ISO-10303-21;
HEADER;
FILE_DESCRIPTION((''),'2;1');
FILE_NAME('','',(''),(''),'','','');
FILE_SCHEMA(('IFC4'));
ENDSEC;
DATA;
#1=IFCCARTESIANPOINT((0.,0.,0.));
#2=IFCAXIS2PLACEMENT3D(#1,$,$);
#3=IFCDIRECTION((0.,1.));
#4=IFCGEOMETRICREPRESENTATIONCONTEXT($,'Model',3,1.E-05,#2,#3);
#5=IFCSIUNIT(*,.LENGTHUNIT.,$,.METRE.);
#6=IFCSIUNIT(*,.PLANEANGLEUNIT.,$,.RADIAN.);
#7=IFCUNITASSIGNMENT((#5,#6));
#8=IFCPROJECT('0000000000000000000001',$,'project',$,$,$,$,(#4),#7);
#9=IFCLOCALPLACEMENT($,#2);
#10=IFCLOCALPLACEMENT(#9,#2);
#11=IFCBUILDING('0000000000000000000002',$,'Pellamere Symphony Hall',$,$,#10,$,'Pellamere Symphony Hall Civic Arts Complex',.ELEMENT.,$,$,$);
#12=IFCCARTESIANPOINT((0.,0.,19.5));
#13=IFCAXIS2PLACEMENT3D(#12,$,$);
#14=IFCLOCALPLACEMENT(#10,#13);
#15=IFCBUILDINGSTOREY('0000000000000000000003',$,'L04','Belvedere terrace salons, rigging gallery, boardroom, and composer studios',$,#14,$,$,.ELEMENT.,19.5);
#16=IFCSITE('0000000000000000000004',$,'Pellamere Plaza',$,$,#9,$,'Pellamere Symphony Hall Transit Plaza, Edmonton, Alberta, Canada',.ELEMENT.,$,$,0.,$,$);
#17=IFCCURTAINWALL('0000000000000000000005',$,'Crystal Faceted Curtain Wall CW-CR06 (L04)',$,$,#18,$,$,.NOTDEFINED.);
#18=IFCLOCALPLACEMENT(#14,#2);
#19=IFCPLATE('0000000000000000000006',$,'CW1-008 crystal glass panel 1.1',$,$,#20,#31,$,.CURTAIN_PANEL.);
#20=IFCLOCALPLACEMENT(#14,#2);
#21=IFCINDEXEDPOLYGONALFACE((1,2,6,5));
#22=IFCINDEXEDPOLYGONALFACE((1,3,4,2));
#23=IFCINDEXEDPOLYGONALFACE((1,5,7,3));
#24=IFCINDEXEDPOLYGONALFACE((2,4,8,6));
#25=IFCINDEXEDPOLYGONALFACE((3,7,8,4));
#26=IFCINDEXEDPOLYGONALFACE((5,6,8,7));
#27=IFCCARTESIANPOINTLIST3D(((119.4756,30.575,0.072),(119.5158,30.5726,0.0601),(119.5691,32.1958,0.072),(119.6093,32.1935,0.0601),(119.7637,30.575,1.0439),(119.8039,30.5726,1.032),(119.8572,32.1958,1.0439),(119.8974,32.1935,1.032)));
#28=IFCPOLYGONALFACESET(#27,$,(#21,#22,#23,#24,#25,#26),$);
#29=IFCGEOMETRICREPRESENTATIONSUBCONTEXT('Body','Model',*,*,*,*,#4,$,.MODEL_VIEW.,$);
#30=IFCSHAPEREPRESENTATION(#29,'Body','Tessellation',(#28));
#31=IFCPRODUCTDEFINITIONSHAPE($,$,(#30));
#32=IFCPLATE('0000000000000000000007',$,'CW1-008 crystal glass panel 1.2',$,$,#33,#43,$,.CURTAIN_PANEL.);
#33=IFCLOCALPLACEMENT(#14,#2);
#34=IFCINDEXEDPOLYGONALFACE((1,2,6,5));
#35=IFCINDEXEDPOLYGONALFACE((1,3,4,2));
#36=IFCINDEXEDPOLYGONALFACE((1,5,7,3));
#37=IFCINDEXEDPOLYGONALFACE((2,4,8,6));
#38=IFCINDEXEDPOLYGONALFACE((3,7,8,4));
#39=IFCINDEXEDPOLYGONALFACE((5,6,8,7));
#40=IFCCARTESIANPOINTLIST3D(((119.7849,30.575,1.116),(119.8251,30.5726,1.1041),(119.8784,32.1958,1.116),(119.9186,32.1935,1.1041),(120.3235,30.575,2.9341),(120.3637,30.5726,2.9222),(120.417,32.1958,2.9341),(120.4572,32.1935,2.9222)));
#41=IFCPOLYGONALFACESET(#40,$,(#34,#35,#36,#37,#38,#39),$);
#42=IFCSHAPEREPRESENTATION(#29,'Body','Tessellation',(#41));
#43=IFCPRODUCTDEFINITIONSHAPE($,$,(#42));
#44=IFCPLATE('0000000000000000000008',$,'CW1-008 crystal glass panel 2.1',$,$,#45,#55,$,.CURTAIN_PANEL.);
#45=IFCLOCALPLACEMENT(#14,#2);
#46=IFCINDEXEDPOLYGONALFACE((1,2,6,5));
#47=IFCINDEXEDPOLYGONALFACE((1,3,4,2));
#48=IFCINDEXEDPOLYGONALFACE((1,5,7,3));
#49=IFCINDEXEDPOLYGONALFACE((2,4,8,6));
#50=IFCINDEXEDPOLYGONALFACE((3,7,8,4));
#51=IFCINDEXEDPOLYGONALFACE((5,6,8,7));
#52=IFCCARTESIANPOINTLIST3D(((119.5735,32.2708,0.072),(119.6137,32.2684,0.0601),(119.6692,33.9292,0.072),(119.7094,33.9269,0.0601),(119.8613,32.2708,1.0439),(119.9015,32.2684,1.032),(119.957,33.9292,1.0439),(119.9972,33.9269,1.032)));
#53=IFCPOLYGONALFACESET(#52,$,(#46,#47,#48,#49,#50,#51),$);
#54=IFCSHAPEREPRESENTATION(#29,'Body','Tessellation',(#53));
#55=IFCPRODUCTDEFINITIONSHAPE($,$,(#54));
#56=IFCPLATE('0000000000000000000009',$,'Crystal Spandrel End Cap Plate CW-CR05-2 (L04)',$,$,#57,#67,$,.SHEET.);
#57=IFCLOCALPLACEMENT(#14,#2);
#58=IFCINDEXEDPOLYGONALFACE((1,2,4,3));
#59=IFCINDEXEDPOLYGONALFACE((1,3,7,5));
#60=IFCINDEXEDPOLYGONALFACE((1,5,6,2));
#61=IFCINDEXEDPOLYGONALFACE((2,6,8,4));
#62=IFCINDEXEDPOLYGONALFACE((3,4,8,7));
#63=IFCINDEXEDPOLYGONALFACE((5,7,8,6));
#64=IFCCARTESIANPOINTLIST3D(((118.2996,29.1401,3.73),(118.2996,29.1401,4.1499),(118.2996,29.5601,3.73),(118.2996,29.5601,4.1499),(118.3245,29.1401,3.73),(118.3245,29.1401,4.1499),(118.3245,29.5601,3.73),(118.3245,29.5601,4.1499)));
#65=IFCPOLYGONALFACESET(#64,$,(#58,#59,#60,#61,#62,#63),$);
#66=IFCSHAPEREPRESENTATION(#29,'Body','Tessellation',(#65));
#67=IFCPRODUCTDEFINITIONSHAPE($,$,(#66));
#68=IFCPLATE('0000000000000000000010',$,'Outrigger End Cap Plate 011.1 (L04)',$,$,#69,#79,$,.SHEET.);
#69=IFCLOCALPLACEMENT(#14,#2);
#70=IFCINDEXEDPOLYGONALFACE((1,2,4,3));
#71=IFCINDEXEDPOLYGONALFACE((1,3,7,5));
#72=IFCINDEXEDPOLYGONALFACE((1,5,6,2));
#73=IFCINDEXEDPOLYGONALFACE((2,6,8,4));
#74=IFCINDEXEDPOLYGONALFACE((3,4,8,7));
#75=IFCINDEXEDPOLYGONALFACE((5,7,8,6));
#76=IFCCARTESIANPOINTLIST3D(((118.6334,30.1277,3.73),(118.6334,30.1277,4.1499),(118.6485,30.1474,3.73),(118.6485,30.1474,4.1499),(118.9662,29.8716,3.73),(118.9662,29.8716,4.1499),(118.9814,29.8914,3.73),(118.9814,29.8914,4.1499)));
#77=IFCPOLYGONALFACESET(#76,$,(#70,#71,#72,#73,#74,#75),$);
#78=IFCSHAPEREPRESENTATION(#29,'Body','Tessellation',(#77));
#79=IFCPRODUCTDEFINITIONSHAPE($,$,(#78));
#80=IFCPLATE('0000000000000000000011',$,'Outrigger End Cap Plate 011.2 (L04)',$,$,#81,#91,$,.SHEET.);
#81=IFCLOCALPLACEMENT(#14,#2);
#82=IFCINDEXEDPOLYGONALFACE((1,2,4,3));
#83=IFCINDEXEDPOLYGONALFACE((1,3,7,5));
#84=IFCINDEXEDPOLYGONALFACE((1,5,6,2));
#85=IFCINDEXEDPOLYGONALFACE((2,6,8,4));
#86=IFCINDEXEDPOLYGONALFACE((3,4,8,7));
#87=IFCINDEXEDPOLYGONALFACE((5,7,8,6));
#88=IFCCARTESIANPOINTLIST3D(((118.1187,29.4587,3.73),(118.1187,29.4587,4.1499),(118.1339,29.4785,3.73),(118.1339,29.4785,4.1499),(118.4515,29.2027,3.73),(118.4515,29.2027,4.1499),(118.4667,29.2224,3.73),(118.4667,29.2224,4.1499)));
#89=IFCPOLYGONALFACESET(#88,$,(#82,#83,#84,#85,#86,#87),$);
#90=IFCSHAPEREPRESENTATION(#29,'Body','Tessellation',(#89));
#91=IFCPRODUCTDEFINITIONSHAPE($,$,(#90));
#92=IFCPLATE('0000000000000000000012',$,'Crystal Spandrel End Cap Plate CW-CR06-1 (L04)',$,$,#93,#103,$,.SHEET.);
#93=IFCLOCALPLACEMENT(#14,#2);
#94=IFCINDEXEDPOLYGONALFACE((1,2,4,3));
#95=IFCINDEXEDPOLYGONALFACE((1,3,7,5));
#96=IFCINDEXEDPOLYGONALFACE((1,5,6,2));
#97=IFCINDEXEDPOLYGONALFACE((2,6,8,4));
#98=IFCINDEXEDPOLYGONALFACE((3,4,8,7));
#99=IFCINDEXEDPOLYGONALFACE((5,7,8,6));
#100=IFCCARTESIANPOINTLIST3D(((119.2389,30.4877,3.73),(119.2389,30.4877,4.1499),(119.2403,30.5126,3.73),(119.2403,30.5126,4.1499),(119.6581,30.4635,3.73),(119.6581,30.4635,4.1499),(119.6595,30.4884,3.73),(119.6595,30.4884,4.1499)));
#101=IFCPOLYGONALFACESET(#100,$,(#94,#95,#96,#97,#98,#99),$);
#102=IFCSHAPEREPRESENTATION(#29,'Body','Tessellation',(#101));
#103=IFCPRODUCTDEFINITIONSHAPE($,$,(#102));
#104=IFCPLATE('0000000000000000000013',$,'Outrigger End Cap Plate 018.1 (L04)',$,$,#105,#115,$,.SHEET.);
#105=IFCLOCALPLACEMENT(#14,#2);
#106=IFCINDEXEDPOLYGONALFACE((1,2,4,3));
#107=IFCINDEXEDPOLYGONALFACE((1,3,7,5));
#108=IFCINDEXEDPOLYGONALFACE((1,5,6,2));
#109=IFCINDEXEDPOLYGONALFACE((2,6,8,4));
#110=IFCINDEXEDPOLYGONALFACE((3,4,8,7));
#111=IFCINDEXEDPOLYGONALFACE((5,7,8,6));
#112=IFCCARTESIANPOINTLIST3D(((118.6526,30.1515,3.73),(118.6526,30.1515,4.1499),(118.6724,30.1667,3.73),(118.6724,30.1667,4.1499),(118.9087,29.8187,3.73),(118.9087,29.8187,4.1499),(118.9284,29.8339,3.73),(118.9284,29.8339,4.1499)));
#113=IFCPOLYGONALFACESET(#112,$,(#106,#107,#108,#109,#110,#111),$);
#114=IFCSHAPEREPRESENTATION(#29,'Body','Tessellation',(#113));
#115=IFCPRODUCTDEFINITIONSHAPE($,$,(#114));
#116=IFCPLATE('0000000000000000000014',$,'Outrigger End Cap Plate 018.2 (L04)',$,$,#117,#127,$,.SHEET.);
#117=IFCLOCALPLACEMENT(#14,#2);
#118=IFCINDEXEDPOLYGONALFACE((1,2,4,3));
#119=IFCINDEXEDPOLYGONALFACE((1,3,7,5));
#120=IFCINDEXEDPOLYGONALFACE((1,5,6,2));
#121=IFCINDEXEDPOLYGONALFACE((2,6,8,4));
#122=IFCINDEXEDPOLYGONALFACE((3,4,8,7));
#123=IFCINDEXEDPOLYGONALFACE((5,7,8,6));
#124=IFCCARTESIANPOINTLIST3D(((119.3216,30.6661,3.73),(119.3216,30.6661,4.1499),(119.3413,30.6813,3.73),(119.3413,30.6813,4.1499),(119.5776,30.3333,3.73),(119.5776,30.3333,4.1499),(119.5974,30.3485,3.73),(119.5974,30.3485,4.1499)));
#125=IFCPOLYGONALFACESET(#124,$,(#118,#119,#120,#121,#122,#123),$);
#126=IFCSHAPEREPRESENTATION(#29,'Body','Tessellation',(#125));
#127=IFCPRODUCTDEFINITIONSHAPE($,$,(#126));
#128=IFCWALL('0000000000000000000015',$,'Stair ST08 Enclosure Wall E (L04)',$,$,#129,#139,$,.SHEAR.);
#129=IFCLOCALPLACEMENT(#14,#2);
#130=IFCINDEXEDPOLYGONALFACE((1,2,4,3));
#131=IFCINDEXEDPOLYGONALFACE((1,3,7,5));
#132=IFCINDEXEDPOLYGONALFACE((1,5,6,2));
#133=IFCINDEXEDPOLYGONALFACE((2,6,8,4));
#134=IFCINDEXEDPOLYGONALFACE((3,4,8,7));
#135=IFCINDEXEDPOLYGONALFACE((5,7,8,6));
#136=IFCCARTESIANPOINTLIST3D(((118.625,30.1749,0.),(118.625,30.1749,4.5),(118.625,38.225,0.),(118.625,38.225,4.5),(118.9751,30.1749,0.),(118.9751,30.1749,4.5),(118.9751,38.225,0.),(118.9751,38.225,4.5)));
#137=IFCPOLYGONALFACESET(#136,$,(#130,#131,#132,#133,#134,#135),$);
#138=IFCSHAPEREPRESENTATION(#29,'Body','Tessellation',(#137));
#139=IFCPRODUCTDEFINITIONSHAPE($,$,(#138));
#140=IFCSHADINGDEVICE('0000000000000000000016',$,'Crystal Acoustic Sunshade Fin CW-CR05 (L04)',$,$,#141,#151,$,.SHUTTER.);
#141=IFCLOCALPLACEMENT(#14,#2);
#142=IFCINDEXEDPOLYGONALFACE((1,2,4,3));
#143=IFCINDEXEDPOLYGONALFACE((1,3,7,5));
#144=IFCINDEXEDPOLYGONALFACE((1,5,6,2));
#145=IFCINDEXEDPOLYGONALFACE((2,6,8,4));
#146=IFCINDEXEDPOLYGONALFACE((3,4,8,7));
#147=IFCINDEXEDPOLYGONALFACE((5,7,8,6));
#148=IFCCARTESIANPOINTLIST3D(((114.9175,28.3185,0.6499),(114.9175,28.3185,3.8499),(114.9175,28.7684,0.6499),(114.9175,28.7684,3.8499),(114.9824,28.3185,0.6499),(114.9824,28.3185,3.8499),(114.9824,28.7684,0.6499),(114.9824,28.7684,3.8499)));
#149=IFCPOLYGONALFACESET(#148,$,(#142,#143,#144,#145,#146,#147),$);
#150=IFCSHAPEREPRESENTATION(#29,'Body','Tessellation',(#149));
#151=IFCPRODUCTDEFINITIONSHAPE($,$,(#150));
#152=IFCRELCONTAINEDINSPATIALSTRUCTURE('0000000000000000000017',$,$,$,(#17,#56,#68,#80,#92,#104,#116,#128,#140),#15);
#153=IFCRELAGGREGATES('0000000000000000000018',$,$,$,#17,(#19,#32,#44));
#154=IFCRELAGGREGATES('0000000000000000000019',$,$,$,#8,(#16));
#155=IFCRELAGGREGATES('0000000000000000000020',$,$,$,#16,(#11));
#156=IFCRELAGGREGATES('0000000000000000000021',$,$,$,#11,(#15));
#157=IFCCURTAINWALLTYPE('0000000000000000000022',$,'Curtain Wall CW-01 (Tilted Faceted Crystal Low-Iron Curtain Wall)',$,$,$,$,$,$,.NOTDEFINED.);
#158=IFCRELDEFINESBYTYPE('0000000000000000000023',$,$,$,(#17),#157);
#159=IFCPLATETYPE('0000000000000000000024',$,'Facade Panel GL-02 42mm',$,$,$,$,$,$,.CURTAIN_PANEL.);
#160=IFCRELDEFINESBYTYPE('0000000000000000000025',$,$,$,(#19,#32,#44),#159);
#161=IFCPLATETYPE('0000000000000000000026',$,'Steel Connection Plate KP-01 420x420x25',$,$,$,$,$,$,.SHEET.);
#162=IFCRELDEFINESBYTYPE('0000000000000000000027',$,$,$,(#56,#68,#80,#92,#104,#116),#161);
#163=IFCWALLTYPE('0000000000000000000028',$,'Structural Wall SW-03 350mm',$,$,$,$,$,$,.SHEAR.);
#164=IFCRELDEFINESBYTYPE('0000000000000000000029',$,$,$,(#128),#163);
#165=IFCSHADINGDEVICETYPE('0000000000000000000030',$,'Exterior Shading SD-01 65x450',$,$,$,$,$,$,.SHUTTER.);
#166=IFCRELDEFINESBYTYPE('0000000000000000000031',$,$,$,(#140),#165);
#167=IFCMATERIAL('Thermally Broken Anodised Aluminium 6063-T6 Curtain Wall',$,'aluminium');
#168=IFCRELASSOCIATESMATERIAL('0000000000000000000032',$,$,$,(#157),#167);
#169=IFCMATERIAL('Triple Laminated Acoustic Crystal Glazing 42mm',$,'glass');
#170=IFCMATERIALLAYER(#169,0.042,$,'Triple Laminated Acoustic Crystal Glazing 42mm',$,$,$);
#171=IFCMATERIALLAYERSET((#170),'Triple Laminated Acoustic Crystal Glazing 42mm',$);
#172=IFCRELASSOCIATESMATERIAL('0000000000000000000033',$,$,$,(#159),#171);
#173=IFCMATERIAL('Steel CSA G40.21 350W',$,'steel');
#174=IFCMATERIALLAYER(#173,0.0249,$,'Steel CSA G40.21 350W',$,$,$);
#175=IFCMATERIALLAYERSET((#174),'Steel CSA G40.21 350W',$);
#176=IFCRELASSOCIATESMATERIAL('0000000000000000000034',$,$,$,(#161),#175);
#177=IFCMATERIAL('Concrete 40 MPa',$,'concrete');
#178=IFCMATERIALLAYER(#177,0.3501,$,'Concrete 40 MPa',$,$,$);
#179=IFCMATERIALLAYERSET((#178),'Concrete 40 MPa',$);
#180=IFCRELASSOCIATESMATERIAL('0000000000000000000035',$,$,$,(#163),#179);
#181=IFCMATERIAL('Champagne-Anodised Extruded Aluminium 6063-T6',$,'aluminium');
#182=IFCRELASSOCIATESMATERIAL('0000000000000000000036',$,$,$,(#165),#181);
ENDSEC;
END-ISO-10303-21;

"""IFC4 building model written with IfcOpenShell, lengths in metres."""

from ifc_helpers import new_model, si_unit, direction, frame, frame_2d, origin, origin_2d, place, context, subcontext, project, spatial, polyline, rectangle, outline, extrude, material, layer, layer_set, type_object, element, aggregate, save


model = new_model("IFC4")

# Units and contexts
model_context = context("Model", 3, precision=1e-05, world=origin(), true_north=direction((0.0, 1.0)))
body_context = subcontext(model_context, "Body", "Model", "MODEL_VIEW")
ifc_project = project(units=[si_unit("LENGTHUNIT", "METRE"), si_unit("PLANEANGLEUNIT", "RADIAN")], contexts=[model_context])

# Site, building, storey
site_placement = place(None, origin())
site = spatial("IfcSite", under=ifc_project, at=site_placement, Name="Pellamere Plaza", LongName="Pellamere Symphony Hall Transit Plaza, Edmonton, Alberta, Canada", CompositionType="ELEMENT", RefElevation=0.0)
building_placement = place(site_placement, origin())
building = spatial("IfcBuilding", under=site, at=building_placement, Name="Pellamere Symphony Hall", LongName="Pellamere Symphony Hall Civic Arts Complex", CompositionType="ELEMENT")
storey_placement = place(building_placement, frame((0.0, 0.0, 19.5)))
storey = spatial("IfcBuildingStorey", under=building, at=storey_placement, Name="L04", Description="Belvedere terrace salons, rigging gallery, boardroom, and composer studios", CompositionType="ELEMENT", Elevation=19.5)

# Shared definitions
ifc_material_1 = material(Name="Concrete 40 MPa", Category="concrete")

# Curtain wall
ifc_material_2 = material(Name="Thermally Broken Anodised Aluminium 6063-T6 Curtain Wall", Category="aluminium")
curtain_wall_type = type_object("IfcCurtainWallType", Name="Curtain Wall CW-01 (Tilted Faceted Crystal Low-Iron Curtain Wall)", PredefinedType="NOTDEFINED", material=ifc_material_2)
curtain_wall_1_placement = place(storey_placement, origin())
curtain_wall_1 = element("IfcCurtainWall", 1, at=curtain_wall_1_placement, inside=storey, type_object=curtain_wall_type, Name="Crystal Faceted Curtain Wall CW-CR06 (L04)", PredefinedType="NOTDEFINED")

# Shared definitions
ifc_material_3 = material(Name="Steel CSA G40.21 350W", Category="steel")

# Plates
ifc_material_4 = material(Name="Triple Laminated Acoustic Crystal Glazing 42mm", Category="glass")
ifc_layer_1 = layer(ifc_material_4, 0.042, Name="Triple Laminated Acoustic Crystal Glazing 42mm")
ifc_layer_set_1 = layer_set([ifc_layer_1], Name="Triple Laminated Acoustic Crystal Glazing 42mm")
plate_type_1 = type_object("IfcPlateType", Name="Facade Panel GL-02 42mm", PredefinedType="CURTAIN_PANEL", material=ifc_layer_set_1)
plate_1_placement = place(storey_placement, frame((119.4756, 30.575, 0.072), z_axis=(-0.957306, 0.055226, 0.283753), x_axis=(0.057594, 0.99834, 0.0)))
plate_1 = element("IfcPlate", 2, at=plate_1_placement, type_object=plate_type_1, Name="CW1-008 crystal glass panel 1.1", PredefinedType="CURTAIN_PANEL", context=body_context, shape_type="SweptSolid", body=[
    extrude(outline(polyline([(0.0, 0.0), (1.6235, 0.0), (1.6401, -1.0136), (0.0166, -1.0136), (0.0, 0.0)])), origin(), (0.0, 0.0, -1.0), 0.042),
])
plate_2_placement = place(storey_placement, frame((119.7849, 30.575, 1.116), z_axis=(-0.957353, 0.055229, 0.283593), x_axis=(0.057594, 0.99834, 0.0)))
plate_2 = element("IfcPlate", 3, at=plate_2_placement, type_object=plate_type_1, Name="CW1-008 crystal glass panel 1.2", PredefinedType="CURTAIN_PANEL", context=body_context, shape_type="SweptSolid", body=[
    extrude(outline(polyline([(0.0, 0.0), (1.6235, 0.0), (1.6546, -1.896), (0.031, -1.896), (0.0, 0.0)])), origin(), (0.0, 0.0, -1.0), 0.042),
])
plate_3_placement = place(storey_placement, frame((119.5735, 32.2708, 0.072), z_axis=(-0.95737, 0.055246, 0.283532), x_axis=(0.057611, 0.998339, 0.0)))
plate_3 = element("IfcPlate", 4, at=plate_3_placement, type_object=plate_type_1, Name="CW1-008 crystal glass panel 2.1", PredefinedType="CURTAIN_PANEL", context=body_context, shape_type="SweptSolid", body=[
    extrude(outline(polyline([(0.0, 0.0), (1.6612, 0.0), (1.6778, -1.0135), (0.0166, -1.0135), (0.0, 0.0)])), origin(), (0.0, 0.0, -1.0), 0.042),
])
aggregate(curtain_wall_1, [plate_1, plate_2, plate_3])

# Plates
ifc_layer_2 = layer(ifc_material_3, 0.0249, Name="Steel CSA G40.21 350W")
ifc_layer_set_2 = layer_set([ifc_layer_2], Name="Steel CSA G40.21 350W")
plate_type_2 = type_object("IfcPlateType", Name="Steel Connection Plate KP-01 420x420x25", PredefinedType="SHEET", material=ifc_layer_set_2)
for number, where, z_axis, x_axis, name in (
    (5, (118.312, 29.3501, 3.73), (0.0, 0.0, 1.0), (1.0, 0.0, 0.0), "Crystal Spandrel End Cap Plate CW-CR05-2 (L04)"),
    (6, (118.8074, 30.0095, 3.73), (0.0, 0.0, 1.0), (-0.60973, -0.792609, 0.0), "Outrigger End Cap Plate 011.1 (L04)"),
    (7, (118.2927, 29.3406, 3.73), (0.0, 0.0, 1.0), (-0.60973, -0.792609, 0.0), "Outrigger End Cap Plate 011.2 (L04)"),
    (8, (119.4492, 30.488, 3.73), (0.0, 0.0, 1.0), (0.057564, 0.998342, 0.0), "Crystal Spandrel End Cap Plate CW-CR06-1 (L04)"),
    (9, (118.7905, 29.9927, 3.73), (0.0, 0.0, 1.0), (0.792609, 0.60973, 0.0), "Outrigger End Cap Plate 018.1 (L04)"),
    (10, (119.4595, 30.5073, 3.73), (0.0, 0.0, 1.0), (0.792609, 0.60973, 0.0), "Outrigger End Cap Plate 018.2 (L04)"),
):
    element("IfcPlate", number, at=place(storey_placement, frame(where, z_axis=z_axis, x_axis=x_axis)), inside=storey, type_object=plate_type_2, Name=name, PredefinedType="SHEET", context=body_context, shape_type="SweptSolid", body=[
        extrude(rectangle(XDim=0.0249, YDim=0.4199, at=origin_2d()), origin(), (0.0, 0.0, 1.0), 0.4199),
    ])

# Wall
ifc_layer_3 = layer(ifc_material_1, 0.3501, Name="Concrete 40 MPa")
ifc_layer_set_3 = layer_set([ifc_layer_3], Name="Concrete 40 MPa")
wall_type = type_object("IfcWallType", Name="Structural Wall SW-03 350mm", PredefinedType="SHEAR", material=ifc_layer_set_3)
wall_placement = place(storey_placement, frame((118.8, 30.175, 0.0), z_axis=(0.0, 0.0, 1.0), x_axis=(0.0, 1.0, 0.0)))
element("IfcWall", 11, at=wall_placement, inside=storey, type_object=wall_type, Name="Stair ST08 Enclosure Wall E (L04)", PredefinedType="SHEAR", context=body_context, shape_type="SweptSolid", body=[
    extrude(rectangle(XDim=8.05, YDim=0.3501, at=frame_2d((4.0249, 0.0))), origin(), (0.0, 0.0, 1.0), 4.5),
])

# Shading device
ifc_material_5 = material(Name="Champagne-Anodised Extruded Aluminium 6063-T6", Category="aluminium")
shading_device_type = type_object("IfcShadingDeviceType", Name="Exterior Shading SD-01 65x450", PredefinedType="SHUTTER", material=ifc_material_5)
shading_device_placement = place(storey_placement, frame((114.95, 28.5435, 0.6499), z_axis=(0.0, 0.0, 1.0), x_axis=(1.0, 0.0, 0.0)))
element("IfcShadingDevice", 12, at=shading_device_placement, inside=storey, type_object=shading_device_type, Name="Crystal Acoustic Sunshade Fin CW-CR05 (L04)", PredefinedType="SHUTTER", context=body_context, shape_type="SweptSolid", body=[
    extrude(rectangle(XDim=0.0649, YDim=0.45, at=origin_2d()), origin(), (0.0, 0.0, 1.0), 3.2),
])

save(model, "model.ifc")
